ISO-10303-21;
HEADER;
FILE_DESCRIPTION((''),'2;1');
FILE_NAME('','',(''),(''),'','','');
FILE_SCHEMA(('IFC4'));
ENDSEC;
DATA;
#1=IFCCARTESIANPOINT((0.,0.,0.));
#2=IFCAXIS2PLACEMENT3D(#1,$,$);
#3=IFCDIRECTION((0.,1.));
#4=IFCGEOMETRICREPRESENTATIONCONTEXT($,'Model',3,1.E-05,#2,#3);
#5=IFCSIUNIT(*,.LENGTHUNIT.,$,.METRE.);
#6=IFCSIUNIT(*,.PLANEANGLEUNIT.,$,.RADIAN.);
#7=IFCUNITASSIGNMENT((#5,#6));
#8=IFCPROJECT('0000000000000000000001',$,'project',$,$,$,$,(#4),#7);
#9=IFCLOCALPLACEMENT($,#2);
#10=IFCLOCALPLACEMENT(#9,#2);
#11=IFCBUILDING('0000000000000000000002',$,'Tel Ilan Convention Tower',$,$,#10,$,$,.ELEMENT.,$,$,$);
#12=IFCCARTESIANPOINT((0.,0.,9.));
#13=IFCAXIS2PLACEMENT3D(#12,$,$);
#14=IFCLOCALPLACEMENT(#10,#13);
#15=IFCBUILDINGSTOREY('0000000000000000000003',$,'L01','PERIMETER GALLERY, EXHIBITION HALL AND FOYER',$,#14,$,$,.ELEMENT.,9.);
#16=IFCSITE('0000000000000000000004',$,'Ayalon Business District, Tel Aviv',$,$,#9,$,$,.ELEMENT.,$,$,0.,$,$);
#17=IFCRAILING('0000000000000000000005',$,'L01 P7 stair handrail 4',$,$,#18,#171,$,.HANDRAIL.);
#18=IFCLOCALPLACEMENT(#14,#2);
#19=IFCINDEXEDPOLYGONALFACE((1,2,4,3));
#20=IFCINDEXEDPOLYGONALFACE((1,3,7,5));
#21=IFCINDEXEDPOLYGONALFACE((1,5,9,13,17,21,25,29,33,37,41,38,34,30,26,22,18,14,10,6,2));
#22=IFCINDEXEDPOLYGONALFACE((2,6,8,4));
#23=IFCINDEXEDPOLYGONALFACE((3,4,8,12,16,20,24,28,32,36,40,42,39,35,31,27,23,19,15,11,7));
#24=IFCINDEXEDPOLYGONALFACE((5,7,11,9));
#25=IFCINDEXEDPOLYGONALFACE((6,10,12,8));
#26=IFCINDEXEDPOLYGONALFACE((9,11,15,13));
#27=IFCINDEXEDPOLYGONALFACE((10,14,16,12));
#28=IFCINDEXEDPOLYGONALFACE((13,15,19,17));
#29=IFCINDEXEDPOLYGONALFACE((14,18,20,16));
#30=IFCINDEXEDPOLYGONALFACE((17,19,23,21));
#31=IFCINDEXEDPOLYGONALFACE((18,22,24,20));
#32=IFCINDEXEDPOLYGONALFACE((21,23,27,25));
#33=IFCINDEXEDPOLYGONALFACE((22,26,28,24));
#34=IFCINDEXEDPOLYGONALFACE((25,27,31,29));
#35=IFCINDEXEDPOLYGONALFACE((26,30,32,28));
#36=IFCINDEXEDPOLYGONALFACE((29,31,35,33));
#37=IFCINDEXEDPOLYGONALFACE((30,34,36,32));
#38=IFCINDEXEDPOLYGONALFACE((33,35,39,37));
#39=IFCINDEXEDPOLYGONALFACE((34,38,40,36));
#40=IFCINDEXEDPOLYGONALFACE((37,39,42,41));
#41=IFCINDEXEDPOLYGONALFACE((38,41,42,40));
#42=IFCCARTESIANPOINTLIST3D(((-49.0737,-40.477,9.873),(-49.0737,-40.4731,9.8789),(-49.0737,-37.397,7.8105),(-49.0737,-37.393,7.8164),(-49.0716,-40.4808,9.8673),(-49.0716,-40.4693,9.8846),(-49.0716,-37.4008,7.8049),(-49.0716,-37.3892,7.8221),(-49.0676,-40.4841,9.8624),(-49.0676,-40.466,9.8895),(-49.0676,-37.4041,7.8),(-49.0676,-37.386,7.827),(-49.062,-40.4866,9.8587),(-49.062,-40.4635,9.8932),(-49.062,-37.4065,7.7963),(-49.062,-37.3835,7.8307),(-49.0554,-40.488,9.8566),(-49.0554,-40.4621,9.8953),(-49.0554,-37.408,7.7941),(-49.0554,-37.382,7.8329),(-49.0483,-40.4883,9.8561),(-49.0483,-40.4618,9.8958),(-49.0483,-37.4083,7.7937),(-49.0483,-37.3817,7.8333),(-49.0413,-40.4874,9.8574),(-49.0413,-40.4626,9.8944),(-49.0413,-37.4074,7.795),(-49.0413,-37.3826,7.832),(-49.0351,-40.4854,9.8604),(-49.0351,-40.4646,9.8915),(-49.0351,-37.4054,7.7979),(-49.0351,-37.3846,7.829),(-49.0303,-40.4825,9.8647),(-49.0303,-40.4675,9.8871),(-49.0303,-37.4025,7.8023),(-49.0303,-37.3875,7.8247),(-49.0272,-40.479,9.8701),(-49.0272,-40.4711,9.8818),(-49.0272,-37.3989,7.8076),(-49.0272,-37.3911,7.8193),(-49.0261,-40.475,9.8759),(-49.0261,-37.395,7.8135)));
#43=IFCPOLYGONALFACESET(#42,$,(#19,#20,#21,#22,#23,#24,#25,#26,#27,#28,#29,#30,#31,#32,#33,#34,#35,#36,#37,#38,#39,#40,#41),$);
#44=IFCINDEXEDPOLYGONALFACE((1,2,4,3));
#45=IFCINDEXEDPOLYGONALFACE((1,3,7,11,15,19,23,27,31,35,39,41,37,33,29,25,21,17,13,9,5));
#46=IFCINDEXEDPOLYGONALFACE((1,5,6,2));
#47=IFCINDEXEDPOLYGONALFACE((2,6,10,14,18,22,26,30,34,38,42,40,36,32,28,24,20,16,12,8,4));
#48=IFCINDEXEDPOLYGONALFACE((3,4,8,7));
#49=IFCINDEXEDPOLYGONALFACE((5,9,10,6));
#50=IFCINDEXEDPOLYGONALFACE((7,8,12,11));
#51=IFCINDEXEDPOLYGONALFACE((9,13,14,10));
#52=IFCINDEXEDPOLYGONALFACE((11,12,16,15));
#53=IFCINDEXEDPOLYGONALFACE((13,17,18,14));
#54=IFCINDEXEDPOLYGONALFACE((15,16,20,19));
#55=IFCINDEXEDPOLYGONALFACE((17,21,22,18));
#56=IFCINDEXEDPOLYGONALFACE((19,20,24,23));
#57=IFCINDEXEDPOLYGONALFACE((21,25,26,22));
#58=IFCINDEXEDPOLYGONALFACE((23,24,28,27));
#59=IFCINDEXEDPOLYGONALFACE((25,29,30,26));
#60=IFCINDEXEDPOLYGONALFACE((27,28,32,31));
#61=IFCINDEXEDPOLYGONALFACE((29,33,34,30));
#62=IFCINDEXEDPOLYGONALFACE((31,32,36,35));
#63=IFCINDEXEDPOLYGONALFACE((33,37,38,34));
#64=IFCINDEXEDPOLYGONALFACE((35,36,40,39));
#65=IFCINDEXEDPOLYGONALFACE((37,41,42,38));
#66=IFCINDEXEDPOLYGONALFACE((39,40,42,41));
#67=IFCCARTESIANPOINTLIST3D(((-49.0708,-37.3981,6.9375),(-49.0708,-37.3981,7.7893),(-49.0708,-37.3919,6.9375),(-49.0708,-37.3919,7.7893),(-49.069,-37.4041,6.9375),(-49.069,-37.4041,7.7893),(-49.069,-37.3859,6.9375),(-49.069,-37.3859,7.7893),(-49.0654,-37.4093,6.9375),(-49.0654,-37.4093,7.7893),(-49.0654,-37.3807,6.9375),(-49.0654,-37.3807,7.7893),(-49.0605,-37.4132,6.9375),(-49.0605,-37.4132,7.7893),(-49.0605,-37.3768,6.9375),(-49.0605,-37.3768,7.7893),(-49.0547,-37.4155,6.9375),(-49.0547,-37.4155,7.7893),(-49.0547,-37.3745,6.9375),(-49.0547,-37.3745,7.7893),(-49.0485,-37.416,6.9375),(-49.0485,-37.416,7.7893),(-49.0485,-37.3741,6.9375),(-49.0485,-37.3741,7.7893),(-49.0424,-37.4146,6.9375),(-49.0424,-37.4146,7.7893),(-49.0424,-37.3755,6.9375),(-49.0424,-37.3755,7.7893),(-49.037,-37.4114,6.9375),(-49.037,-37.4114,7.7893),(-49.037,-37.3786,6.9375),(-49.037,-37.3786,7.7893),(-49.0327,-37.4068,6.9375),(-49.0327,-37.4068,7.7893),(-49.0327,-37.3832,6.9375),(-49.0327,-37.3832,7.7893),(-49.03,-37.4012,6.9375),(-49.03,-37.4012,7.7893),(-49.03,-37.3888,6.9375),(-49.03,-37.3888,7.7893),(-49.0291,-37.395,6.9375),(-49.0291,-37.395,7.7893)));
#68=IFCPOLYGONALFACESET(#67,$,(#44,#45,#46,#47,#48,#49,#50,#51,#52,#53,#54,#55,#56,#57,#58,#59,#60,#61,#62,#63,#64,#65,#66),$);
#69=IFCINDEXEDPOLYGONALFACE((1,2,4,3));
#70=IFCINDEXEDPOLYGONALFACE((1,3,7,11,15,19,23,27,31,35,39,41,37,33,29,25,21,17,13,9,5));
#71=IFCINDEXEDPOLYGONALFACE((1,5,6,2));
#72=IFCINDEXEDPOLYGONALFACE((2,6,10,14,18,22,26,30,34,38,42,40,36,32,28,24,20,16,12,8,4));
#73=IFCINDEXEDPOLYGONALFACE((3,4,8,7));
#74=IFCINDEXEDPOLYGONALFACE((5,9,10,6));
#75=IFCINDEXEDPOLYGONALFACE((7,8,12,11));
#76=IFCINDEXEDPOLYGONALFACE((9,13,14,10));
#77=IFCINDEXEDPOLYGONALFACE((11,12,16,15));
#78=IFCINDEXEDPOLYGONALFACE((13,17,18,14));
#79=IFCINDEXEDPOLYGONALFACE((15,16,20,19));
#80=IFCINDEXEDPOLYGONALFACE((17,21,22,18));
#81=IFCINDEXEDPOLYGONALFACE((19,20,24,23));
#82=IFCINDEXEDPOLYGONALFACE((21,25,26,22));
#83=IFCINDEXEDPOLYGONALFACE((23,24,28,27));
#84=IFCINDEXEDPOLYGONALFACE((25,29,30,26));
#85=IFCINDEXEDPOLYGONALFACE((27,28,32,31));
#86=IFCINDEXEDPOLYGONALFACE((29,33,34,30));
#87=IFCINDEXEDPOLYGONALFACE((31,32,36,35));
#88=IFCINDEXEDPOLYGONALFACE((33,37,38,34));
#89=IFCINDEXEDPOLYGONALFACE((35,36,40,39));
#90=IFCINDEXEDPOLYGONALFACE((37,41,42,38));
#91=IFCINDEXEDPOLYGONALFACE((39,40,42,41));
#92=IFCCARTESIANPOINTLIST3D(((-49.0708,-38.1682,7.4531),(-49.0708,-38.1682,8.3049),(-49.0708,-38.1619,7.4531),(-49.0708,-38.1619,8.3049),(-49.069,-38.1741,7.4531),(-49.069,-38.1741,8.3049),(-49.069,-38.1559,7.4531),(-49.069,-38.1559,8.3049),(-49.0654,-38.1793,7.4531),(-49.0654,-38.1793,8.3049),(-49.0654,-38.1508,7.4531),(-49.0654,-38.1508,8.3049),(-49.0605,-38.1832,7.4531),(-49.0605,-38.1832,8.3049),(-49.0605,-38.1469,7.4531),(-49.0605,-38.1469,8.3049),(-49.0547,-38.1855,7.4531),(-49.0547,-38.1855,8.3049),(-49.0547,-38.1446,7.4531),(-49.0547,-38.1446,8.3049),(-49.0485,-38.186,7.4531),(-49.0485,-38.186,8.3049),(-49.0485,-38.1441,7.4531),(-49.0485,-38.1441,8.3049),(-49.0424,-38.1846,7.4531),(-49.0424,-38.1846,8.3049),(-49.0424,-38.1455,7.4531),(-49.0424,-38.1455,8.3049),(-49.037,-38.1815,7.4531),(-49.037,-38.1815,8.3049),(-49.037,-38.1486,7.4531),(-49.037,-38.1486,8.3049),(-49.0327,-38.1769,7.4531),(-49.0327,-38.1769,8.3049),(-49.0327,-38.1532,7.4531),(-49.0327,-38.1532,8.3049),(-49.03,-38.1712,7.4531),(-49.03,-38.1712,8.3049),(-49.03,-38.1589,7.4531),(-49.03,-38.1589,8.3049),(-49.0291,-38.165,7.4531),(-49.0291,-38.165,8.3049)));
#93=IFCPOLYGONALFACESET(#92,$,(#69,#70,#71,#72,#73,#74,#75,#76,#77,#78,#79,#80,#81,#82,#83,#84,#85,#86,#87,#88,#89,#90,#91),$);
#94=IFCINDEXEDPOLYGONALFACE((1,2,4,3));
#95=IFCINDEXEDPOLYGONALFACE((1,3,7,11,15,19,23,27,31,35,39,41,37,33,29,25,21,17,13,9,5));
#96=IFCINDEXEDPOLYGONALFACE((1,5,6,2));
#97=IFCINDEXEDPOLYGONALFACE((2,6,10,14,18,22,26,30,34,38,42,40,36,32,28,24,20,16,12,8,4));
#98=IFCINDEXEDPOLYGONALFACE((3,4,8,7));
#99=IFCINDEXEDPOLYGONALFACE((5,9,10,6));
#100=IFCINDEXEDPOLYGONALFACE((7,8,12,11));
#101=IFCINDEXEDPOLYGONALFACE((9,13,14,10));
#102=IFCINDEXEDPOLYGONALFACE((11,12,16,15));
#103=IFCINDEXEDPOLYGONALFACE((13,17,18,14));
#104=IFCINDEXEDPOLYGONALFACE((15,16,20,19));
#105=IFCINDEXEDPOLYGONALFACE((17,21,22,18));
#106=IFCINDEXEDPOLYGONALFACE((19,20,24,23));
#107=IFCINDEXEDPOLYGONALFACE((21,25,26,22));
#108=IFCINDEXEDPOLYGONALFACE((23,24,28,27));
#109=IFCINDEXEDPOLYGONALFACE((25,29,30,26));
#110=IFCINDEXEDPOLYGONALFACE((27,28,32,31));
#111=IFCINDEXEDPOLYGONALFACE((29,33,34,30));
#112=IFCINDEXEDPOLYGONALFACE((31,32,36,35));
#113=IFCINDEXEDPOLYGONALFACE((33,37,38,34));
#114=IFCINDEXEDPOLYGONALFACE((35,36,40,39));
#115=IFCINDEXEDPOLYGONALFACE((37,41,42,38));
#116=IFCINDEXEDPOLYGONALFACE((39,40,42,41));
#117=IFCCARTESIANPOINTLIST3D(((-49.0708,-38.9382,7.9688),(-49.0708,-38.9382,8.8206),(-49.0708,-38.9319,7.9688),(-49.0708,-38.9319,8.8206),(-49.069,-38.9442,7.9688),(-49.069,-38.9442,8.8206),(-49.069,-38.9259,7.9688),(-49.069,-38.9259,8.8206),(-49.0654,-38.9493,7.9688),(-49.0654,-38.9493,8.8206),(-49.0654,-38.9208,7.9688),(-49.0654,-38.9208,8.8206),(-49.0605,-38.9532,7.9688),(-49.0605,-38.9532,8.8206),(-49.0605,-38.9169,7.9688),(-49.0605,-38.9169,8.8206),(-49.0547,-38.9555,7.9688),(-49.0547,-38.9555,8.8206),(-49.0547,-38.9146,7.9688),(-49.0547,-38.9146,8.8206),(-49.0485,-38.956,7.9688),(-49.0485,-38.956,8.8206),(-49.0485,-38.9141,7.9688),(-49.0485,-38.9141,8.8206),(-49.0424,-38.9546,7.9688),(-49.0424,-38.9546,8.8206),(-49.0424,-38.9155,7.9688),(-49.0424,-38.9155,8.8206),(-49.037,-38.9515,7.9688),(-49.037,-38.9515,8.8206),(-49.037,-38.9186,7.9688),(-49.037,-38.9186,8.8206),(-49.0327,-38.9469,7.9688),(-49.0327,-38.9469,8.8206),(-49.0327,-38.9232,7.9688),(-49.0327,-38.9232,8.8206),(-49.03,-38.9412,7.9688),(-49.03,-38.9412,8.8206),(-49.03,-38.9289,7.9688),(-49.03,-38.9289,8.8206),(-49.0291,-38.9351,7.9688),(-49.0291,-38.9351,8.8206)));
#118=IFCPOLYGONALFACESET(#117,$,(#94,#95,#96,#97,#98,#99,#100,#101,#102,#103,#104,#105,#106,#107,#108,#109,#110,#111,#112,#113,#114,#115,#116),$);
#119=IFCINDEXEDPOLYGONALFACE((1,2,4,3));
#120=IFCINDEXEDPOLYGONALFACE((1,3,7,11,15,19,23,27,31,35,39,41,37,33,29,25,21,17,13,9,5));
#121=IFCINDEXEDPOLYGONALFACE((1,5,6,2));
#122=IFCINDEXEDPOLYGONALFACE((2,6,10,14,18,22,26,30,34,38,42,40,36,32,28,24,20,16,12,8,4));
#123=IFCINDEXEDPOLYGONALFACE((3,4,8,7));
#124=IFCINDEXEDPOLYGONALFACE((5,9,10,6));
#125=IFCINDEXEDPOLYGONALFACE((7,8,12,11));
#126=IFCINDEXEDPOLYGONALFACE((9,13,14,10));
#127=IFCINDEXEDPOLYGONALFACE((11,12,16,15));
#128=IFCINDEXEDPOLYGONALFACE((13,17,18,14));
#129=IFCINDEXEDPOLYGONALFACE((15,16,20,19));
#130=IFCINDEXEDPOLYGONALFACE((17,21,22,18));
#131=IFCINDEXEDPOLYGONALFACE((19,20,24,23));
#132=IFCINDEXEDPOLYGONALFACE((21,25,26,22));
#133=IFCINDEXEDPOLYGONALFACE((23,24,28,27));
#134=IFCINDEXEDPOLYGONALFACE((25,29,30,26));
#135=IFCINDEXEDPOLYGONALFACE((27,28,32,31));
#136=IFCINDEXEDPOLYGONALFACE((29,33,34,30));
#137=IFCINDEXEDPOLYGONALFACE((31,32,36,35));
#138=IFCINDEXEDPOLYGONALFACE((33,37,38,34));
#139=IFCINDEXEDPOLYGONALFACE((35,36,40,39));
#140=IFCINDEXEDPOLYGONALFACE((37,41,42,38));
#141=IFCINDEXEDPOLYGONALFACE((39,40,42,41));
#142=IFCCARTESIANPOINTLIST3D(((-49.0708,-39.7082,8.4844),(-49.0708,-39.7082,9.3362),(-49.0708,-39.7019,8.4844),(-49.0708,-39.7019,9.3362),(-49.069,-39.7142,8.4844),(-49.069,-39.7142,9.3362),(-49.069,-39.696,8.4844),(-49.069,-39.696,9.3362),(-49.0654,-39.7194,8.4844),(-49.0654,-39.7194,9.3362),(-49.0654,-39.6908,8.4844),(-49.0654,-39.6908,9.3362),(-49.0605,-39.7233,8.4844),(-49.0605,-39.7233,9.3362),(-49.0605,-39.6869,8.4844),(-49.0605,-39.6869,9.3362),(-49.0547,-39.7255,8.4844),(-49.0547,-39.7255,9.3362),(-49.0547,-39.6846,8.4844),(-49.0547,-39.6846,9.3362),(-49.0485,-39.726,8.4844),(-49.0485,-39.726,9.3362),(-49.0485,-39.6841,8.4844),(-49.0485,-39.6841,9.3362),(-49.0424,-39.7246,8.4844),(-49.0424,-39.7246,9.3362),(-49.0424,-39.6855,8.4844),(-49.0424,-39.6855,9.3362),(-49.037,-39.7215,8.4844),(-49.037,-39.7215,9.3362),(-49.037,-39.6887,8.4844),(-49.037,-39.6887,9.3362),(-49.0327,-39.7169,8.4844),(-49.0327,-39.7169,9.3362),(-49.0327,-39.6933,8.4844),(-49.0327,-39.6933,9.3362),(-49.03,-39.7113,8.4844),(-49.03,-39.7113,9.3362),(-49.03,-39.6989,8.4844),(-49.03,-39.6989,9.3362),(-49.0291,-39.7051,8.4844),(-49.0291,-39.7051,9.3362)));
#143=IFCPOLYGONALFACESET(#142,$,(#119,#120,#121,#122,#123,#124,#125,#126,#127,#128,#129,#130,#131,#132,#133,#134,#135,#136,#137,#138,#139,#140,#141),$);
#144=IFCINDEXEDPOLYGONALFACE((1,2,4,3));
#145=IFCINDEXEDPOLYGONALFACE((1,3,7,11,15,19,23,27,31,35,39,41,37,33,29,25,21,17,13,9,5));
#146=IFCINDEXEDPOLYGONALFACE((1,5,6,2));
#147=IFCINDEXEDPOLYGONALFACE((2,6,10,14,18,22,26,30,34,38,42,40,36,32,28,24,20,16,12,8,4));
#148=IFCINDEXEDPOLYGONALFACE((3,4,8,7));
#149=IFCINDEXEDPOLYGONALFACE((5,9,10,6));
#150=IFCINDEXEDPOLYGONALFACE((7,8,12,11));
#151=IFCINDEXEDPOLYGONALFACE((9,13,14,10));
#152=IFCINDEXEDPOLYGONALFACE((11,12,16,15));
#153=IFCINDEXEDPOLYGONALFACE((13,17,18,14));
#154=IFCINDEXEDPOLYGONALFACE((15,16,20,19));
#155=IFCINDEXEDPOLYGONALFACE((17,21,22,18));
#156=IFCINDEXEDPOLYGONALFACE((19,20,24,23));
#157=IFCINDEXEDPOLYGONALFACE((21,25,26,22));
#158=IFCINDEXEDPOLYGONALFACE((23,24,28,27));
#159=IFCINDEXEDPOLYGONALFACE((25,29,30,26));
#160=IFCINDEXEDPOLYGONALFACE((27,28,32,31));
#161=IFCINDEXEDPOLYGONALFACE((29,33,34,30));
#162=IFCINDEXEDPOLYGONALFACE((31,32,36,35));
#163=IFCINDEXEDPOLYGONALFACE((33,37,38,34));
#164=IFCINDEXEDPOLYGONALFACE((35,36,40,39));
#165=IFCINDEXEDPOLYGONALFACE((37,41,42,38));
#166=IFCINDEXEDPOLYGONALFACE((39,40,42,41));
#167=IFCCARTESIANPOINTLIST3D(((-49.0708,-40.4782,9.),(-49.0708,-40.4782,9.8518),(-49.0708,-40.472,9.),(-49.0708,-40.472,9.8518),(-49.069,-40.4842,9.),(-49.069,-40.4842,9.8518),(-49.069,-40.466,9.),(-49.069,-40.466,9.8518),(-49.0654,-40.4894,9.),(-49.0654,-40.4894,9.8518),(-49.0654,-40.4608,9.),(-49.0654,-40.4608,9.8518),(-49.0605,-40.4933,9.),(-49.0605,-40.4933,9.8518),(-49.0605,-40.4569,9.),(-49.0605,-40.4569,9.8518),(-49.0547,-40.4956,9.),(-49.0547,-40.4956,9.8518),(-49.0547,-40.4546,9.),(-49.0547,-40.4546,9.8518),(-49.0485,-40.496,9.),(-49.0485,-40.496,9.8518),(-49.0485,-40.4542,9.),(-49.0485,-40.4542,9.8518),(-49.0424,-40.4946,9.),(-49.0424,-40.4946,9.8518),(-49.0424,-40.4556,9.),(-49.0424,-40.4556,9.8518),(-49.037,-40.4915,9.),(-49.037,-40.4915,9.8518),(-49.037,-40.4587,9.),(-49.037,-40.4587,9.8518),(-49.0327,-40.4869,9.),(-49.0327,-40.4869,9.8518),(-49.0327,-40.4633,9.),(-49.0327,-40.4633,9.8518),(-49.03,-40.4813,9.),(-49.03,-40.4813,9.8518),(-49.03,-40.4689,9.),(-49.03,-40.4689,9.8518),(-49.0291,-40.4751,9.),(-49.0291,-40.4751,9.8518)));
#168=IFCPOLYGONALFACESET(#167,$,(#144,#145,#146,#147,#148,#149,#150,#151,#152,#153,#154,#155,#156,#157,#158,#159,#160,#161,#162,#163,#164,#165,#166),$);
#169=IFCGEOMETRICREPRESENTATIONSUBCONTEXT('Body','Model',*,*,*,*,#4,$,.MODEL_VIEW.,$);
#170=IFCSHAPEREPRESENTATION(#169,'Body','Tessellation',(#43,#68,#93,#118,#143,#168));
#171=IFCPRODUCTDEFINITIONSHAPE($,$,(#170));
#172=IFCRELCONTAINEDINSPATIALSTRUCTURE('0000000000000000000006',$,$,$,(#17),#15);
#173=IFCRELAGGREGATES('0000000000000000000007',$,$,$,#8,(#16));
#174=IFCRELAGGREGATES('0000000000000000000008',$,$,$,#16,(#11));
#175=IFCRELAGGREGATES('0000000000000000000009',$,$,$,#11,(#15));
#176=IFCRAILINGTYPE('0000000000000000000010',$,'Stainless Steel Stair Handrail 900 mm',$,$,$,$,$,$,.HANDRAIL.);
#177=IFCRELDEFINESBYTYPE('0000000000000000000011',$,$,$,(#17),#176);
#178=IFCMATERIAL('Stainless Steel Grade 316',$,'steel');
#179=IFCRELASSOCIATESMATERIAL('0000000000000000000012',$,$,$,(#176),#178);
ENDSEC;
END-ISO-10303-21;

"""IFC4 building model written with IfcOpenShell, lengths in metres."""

from ifc_helpers import new_model, si_unit, direction, frame, origin, origin_2d, place, context, subcontext, project, spatial, circle, extrude, material, type_object, element, save


model = new_model("IFC4")

# Units and contexts
model_context = context("Model", 3, precision=1e-05, world=origin(), true_north=direction((0.0, 1.0)))
body_context = subcontext(model_context, "Body", "Model", "MODEL_VIEW")
ifc_project = project(units=[si_unit("LENGTHUNIT", "METRE"), si_unit("PLANEANGLEUNIT", "RADIAN")], contexts=[model_context])

# Site, building, storey
site_placement = place(None, origin())
site = spatial("IfcSite", under=ifc_project, at=site_placement, Name="Ayalon Business District, Tel Aviv", CompositionType="ELEMENT", RefElevation=0.0)
building_placement = place(site_placement, origin())
building = spatial("IfcBuilding", under=site, at=building_placement, Name="Tel Ilan Convention Tower", CompositionType="ELEMENT")
storey_placement = place(building_placement, frame((0.0, 0.0, 9.0)))
storey = spatial("IfcBuildingStorey", under=building, at=storey_placement, Name="L01", Description="PERIMETER GALLERY, EXHIBITION HALL AND FOYER", CompositionType="ELEMENT", Elevation=9.0)

# Railing
ifc_material_1 = material(Name="Stainless Steel Grade 316", Category="steel")
railing_type_1 = type_object("IfcRailingType", Name="Stainless Steel Stair Handrail 900 mm", PredefinedType="HANDRAIL", material=ifc_material_1)
railing_1_placement = place(storey_placement, frame((-49.05, -37.395, 6.9375)))
element("IfcRailing", 1, at=railing_1_placement, inside=storey, type_object=railing_type_1, Name="L01 P7 stair handrail 4", PredefinedType="HANDRAIL", context=body_context, shape_type="SweptSolid", body=[
    extrude(circle(Radius=0.0239, at=origin_2d()), frame((0.0, 0.0, 0.876), z_axis=(0.0, -0.830914, 0.556401), x_axis=(1.0, 0.0, 0.0)), (0.0, 0.0, 1.0), 3.7068),
    extrude(circle(Radius=0.021, at=origin_2d()), origin(), (0.0, 0.0, 1.0), 0.8518),
    extrude(circle(Radius=0.021, at=origin_2d()), frame((0.0, -0.77, 0.5156)), (0.0, 0.0, 1.0), 0.8518),
    extrude(circle(Radius=0.021, at=origin_2d()), frame((0.0, -1.54, 1.0312)), (0.0, 0.0, 1.0), 0.8518),
    extrude(circle(Radius=0.021, at=origin_2d()), frame((0.0, -2.3101, 1.5469)), (0.0, 0.0, 1.0), 0.8518),
    extrude(circle(Radius=0.021, at=origin_2d()), frame((0.0, -3.0801, 2.0625)), (0.0, 0.0, 1.0), 0.8518),
])

save(model, "model.ifc")
